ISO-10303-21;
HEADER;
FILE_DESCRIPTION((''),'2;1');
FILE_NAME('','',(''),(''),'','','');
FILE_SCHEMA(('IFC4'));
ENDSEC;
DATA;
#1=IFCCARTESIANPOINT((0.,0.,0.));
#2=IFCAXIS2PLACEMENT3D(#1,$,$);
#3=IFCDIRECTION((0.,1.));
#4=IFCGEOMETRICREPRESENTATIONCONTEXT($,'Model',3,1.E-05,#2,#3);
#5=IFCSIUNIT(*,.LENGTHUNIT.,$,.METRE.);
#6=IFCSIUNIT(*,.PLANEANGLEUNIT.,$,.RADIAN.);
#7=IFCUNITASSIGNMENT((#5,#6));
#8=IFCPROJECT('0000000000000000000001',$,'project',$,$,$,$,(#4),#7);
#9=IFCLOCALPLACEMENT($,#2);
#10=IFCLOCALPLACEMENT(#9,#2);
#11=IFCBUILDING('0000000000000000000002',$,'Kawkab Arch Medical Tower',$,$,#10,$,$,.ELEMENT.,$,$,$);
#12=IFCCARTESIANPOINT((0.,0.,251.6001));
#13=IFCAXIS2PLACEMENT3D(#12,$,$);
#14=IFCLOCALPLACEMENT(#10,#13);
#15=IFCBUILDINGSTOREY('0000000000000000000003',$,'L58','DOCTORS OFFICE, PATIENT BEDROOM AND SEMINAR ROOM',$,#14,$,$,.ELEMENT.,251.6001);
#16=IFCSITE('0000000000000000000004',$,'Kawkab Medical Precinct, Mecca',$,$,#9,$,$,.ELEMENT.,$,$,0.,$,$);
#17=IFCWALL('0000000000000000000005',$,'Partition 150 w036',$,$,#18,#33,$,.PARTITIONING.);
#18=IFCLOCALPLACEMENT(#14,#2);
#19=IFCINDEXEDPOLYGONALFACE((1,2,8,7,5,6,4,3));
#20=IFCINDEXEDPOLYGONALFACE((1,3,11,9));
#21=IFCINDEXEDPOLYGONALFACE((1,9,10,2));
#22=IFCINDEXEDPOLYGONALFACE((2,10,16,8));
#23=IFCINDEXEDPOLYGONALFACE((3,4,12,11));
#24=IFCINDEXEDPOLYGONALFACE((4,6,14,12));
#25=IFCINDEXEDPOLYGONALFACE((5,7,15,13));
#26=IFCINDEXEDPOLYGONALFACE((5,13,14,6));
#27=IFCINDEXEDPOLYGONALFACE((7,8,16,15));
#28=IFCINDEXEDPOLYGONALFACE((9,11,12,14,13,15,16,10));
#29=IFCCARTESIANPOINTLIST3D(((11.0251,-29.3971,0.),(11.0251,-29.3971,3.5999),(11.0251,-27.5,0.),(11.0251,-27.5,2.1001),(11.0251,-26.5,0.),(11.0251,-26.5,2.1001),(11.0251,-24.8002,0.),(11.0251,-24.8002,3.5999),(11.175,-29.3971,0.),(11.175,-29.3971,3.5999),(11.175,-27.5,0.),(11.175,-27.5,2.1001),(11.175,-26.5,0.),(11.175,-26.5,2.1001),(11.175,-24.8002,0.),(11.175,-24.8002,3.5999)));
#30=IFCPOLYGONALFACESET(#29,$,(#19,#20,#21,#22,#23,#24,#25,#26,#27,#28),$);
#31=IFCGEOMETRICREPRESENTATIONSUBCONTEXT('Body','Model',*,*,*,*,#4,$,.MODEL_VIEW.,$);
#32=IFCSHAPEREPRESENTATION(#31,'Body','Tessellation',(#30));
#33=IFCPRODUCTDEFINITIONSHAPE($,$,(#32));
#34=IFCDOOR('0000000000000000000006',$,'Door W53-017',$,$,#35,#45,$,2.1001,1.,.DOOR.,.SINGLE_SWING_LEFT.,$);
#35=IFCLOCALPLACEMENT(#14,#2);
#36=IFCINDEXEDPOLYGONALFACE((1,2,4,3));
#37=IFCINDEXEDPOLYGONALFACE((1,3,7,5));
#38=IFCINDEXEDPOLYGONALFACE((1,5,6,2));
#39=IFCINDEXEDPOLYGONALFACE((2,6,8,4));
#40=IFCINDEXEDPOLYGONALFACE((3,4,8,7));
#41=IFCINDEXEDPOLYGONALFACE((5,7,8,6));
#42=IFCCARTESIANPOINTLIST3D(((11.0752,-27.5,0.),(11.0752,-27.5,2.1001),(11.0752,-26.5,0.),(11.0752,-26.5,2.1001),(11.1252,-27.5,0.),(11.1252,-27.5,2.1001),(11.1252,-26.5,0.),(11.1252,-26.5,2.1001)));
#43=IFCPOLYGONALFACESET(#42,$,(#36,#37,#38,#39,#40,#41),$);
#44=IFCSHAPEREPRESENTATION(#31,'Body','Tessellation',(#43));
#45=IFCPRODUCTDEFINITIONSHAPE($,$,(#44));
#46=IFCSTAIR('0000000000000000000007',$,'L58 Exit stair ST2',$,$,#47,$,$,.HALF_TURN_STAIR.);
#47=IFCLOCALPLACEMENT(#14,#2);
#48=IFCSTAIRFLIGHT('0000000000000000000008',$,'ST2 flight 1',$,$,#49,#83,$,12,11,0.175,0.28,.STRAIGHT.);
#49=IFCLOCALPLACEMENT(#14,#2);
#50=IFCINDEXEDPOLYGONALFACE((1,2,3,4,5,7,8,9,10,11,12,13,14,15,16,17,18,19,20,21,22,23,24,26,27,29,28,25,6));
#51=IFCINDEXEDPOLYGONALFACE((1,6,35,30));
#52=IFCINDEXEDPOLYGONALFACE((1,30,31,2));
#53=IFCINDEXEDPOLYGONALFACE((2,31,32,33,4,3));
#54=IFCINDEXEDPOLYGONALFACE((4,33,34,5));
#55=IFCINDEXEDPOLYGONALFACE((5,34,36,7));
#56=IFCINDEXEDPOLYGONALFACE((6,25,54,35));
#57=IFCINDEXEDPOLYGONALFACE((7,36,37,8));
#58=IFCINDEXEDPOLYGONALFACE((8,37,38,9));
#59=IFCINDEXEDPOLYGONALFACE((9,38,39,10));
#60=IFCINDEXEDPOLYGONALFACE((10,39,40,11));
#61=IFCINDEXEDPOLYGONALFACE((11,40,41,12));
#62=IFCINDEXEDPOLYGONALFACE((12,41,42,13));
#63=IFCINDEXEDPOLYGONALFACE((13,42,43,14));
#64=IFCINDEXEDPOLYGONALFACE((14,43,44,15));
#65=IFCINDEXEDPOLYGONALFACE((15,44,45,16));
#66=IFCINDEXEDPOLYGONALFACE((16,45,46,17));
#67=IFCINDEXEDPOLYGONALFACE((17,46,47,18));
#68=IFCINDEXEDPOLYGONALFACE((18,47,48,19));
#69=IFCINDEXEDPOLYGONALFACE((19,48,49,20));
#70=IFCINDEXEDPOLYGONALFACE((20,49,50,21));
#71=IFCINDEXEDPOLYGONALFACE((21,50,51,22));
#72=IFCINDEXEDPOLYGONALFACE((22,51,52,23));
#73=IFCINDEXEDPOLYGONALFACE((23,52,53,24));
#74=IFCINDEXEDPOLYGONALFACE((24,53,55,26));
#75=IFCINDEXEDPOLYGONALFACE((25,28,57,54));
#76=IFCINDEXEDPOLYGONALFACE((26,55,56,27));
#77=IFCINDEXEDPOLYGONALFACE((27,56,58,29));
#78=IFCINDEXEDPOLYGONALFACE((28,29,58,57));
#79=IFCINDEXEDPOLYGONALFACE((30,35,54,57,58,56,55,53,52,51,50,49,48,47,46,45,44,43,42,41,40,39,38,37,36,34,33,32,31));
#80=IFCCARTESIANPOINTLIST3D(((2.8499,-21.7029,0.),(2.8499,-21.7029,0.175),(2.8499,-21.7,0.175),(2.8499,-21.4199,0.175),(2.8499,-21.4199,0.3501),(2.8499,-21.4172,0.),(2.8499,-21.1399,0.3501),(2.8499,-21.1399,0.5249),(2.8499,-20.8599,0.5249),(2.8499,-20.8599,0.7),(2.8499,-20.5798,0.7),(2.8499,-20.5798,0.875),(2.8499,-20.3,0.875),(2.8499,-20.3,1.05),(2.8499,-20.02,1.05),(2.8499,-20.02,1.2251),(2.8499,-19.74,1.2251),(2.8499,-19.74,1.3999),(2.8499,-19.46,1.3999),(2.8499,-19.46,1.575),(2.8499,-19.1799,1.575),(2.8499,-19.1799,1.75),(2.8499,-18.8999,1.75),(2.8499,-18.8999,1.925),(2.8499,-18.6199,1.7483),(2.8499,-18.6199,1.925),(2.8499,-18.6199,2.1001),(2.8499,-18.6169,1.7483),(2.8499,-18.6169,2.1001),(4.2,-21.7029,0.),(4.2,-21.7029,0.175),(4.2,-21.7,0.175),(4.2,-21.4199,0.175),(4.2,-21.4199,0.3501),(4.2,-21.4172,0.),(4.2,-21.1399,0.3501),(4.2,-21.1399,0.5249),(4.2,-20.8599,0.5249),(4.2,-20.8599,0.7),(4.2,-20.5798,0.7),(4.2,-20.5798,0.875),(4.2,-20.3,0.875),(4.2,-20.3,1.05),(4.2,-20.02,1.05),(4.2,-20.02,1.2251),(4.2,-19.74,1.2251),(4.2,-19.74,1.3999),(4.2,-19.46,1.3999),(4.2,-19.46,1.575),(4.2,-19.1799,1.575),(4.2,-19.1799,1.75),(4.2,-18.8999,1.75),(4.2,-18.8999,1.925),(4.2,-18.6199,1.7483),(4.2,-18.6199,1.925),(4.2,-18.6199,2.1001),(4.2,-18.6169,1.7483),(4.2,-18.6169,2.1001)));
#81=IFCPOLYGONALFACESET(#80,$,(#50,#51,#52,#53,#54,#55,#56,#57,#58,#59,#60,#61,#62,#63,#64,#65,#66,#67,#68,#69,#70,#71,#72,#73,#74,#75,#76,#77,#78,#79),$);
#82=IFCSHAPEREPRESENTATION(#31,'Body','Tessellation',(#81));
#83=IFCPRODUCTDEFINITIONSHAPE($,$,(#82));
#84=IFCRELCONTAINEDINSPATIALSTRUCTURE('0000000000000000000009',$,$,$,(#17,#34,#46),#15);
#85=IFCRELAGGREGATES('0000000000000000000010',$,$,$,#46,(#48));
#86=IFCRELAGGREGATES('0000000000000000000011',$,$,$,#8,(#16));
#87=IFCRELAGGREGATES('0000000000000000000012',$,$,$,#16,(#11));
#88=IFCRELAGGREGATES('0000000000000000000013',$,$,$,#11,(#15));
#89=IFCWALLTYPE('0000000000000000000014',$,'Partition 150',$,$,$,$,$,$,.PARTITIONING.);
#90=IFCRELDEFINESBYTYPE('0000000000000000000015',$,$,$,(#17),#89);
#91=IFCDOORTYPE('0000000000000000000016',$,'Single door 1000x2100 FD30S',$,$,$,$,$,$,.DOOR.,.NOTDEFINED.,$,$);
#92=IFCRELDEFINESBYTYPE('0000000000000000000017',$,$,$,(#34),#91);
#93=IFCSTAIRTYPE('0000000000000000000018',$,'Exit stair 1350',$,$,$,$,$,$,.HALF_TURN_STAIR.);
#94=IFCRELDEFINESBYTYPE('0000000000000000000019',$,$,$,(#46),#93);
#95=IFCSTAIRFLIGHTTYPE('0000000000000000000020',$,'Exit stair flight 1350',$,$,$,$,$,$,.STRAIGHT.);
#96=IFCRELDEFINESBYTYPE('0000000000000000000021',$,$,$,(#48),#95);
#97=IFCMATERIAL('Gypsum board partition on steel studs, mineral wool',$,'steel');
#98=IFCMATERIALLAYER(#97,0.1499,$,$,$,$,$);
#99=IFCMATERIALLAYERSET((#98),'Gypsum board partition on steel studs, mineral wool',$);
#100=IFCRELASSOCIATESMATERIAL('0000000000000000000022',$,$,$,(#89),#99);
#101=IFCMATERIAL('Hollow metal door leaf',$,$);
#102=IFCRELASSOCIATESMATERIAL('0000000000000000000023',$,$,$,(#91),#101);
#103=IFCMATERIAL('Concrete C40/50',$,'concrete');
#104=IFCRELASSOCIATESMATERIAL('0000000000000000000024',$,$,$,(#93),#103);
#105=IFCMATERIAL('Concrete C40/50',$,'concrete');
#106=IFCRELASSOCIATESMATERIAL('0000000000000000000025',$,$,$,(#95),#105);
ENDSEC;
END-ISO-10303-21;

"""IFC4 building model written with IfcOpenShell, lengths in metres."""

from ifc_helpers import new_model, si_unit, direction, frame, frame_2d, origin, place, context, subcontext, project, spatial, polyline, rectangle, outline, extrude, material, layer, layer_set, type_object, element, fill, aggregate, save


model = new_model("IFC4")

# Units and contexts
model_context = context("Model", 3, precision=1e-05, world=origin(), true_north=direction((0.0, 1.0)))
body_context = subcontext(model_context, "Body", "Model", "MODEL_VIEW")
ifc_project = project(units=[si_unit("LENGTHUNIT", "METRE"), si_unit("PLANEANGLEUNIT", "RADIAN")], contexts=[model_context])

# Site, building, storey
site_placement = place(None, origin())
site = spatial("IfcSite", under=ifc_project, at=site_placement, Name="Kawkab Medical Precinct, Mecca", CompositionType="ELEMENT", RefElevation=0.0)
building_placement = place(site_placement, origin())
building = spatial("IfcBuilding", under=site, at=building_placement, Name="Kawkab Arch Medical Tower", CompositionType="ELEMENT")
storey_placement = place(building_placement, frame((0.0, 0.0, 251.6001)))
storey = spatial("IfcBuildingStorey", under=building, at=storey_placement, Name="L58", Description="DOCTORS OFFICE, PATIENT BEDROOM AND SEMINAR ROOM", CompositionType="ELEMENT", Elevation=251.6001)

# Wall, opening, door
ifc_material_1 = material(Name="Gypsum board partition on steel studs, mineral wool", Category="steel")
ifc_layer_1 = layer(ifc_material_1, 0.1499)
ifc_layer_set_1 = layer_set([ifc_layer_1], Name="Gypsum board partition on steel studs, mineral wool")
wall_type_1 = type_object("IfcWallType", Name="Partition 150", PredefinedType="PARTITIONING", material=ifc_layer_set_1)
wall_1_placement = place(storey_placement, frame((11.1001, -29.397, 0.0), z_axis=(0.0, 0.0, 1.0), x_axis=(0.0, 1.0, 0.0)))
wall_1 = element("IfcWall", 1, at=wall_1_placement, inside=storey, type_object=wall_type_1, Name="Partition 150 w036", PredefinedType="PARTITIONING", context=body_context, shape_type="SweptSolid", body=[
    extrude(rectangle(XDim=4.5969, YDim=0.1499, at=frame_2d((2.2983, 0.0))), origin(), (0.0, 0.0, 1.0), 3.5999),
])
opening_1_placement = place(wall_1_placement, frame((1.897, 0.0, 0.0)))
opening_1 = element("IfcOpeningElement", 2, at=opening_1_placement, cuts=wall_1, PredefinedType="OPENING", context=body_context, shape_type="SweptSolid", body=[
    extrude(rectangle(XDim=1.0, YDim=2.1001, at=frame_2d((0.5, 1.05))), frame((0.0, 0.085, 0.0), z_axis=(0.0, -1.0, 0.0), x_axis=(1.0, 0.0, 0.0)), (0.0, 0.0, 1.0), 0.1699),
])
ifc_material_2 = material(Name="Hollow metal door leaf")
door_type_1 = type_object("IfcDoorType", Name="Single door 1000x2100 FD30S", OperationType="NOTDEFINED", PredefinedType="DOOR", material=ifc_material_2)
door_1_placement = place(opening_1_placement, origin())
door_1 = element("IfcDoor", 3, at=door_1_placement, inside=storey, type_object=door_type_1, Name="Door W53-017", OperationType="SINGLE_SWING_LEFT", OverallHeight=2.1001, OverallWidth=1.0, PredefinedType="DOOR", context=body_context, shape_type="SweptSolid", body=[
    extrude(rectangle(XDim=1.0, YDim=2.1001, at=frame_2d((0.5, 1.05))), frame((0.0, 0.0249, 0.0), z_axis=(0.0, -1.0, 0.0), x_axis=(1.0, 0.0, 0.0)), (0.0, 0.0, 1.0), 0.05),
])
fill(opening_1, door_1)

# Stair, stair flight
ifc_material_3 = material(Name="Concrete C40/50", Category="concrete")
stair_type = type_object("IfcStairType", Name="Exit stair 1350", PredefinedType="HALF_TURN_STAIR", material=ifc_material_3)
stair_placement = place(storey_placement, origin())
stair = element("IfcStair", 4, at=stair_placement, inside=storey, type_object=stair_type, Name="L58 Exit stair ST2", PredefinedType="HALF_TURN_STAIR")
ifc_material_4 = material(Name="Concrete C40/50", Category="concrete")
stair_flight_type = type_object("IfcStairFlightType", Name="Exit stair flight 1350", PredefinedType="STRAIGHT", material=ifc_material_4)
stair_flight_placement = place(storey_placement, frame((3.5249, -21.7, 0.0), z_axis=(0.0, 0.0, 1.0), x_axis=(0.0, 1.0, 0.0)))
stair_flight = element("IfcStairFlight", 5, at=stair_flight_placement, type_object=stair_flight_type, Name="ST2 flight 1", NumberOfRisers=12, NumberOfTreads=11, PredefinedType="STRAIGHT", RiserHeight=0.175, TreadLength=0.28, context=body_context, shape_type="SweptSolid", body=[
    extrude(outline(polyline([(-0.0029, 0.0), (-0.0029, 0.175), (0.0, 0.175), (0.28, 0.175), (0.28, 0.3501), (0.5601, 0.3501), (0.5601, 0.5249), (0.8401, 0.5249), (0.8401, 0.7), (1.1201, 0.7), (1.1201, 0.875), (1.3999, 0.875), (1.3999, 1.05), (1.6799, 1.05), (1.6799, 1.2251), (1.96, 1.2251), (1.96, 1.3999), (2.24, 1.3999), (2.24, 1.575), (2.52, 1.575), (2.52, 1.75), (2.8, 1.75), (2.8, 1.925), (3.0801, 1.925), (3.0801, 2.1001), (3.083, 2.1001), (3.083, 1.7483), (3.0801, 1.7483), (0.2827, 0.0), (-0.0029, 0.0)])), frame((0.0, 0.675, 0.0), z_axis=(0.0, -1.0, 0.0), x_axis=(1.0, 0.0, 0.0)), (0.0, 0.0, 1.0), 1.3501),
])
aggregate(stair, [stair_flight])

save(model, "model.ifc")
